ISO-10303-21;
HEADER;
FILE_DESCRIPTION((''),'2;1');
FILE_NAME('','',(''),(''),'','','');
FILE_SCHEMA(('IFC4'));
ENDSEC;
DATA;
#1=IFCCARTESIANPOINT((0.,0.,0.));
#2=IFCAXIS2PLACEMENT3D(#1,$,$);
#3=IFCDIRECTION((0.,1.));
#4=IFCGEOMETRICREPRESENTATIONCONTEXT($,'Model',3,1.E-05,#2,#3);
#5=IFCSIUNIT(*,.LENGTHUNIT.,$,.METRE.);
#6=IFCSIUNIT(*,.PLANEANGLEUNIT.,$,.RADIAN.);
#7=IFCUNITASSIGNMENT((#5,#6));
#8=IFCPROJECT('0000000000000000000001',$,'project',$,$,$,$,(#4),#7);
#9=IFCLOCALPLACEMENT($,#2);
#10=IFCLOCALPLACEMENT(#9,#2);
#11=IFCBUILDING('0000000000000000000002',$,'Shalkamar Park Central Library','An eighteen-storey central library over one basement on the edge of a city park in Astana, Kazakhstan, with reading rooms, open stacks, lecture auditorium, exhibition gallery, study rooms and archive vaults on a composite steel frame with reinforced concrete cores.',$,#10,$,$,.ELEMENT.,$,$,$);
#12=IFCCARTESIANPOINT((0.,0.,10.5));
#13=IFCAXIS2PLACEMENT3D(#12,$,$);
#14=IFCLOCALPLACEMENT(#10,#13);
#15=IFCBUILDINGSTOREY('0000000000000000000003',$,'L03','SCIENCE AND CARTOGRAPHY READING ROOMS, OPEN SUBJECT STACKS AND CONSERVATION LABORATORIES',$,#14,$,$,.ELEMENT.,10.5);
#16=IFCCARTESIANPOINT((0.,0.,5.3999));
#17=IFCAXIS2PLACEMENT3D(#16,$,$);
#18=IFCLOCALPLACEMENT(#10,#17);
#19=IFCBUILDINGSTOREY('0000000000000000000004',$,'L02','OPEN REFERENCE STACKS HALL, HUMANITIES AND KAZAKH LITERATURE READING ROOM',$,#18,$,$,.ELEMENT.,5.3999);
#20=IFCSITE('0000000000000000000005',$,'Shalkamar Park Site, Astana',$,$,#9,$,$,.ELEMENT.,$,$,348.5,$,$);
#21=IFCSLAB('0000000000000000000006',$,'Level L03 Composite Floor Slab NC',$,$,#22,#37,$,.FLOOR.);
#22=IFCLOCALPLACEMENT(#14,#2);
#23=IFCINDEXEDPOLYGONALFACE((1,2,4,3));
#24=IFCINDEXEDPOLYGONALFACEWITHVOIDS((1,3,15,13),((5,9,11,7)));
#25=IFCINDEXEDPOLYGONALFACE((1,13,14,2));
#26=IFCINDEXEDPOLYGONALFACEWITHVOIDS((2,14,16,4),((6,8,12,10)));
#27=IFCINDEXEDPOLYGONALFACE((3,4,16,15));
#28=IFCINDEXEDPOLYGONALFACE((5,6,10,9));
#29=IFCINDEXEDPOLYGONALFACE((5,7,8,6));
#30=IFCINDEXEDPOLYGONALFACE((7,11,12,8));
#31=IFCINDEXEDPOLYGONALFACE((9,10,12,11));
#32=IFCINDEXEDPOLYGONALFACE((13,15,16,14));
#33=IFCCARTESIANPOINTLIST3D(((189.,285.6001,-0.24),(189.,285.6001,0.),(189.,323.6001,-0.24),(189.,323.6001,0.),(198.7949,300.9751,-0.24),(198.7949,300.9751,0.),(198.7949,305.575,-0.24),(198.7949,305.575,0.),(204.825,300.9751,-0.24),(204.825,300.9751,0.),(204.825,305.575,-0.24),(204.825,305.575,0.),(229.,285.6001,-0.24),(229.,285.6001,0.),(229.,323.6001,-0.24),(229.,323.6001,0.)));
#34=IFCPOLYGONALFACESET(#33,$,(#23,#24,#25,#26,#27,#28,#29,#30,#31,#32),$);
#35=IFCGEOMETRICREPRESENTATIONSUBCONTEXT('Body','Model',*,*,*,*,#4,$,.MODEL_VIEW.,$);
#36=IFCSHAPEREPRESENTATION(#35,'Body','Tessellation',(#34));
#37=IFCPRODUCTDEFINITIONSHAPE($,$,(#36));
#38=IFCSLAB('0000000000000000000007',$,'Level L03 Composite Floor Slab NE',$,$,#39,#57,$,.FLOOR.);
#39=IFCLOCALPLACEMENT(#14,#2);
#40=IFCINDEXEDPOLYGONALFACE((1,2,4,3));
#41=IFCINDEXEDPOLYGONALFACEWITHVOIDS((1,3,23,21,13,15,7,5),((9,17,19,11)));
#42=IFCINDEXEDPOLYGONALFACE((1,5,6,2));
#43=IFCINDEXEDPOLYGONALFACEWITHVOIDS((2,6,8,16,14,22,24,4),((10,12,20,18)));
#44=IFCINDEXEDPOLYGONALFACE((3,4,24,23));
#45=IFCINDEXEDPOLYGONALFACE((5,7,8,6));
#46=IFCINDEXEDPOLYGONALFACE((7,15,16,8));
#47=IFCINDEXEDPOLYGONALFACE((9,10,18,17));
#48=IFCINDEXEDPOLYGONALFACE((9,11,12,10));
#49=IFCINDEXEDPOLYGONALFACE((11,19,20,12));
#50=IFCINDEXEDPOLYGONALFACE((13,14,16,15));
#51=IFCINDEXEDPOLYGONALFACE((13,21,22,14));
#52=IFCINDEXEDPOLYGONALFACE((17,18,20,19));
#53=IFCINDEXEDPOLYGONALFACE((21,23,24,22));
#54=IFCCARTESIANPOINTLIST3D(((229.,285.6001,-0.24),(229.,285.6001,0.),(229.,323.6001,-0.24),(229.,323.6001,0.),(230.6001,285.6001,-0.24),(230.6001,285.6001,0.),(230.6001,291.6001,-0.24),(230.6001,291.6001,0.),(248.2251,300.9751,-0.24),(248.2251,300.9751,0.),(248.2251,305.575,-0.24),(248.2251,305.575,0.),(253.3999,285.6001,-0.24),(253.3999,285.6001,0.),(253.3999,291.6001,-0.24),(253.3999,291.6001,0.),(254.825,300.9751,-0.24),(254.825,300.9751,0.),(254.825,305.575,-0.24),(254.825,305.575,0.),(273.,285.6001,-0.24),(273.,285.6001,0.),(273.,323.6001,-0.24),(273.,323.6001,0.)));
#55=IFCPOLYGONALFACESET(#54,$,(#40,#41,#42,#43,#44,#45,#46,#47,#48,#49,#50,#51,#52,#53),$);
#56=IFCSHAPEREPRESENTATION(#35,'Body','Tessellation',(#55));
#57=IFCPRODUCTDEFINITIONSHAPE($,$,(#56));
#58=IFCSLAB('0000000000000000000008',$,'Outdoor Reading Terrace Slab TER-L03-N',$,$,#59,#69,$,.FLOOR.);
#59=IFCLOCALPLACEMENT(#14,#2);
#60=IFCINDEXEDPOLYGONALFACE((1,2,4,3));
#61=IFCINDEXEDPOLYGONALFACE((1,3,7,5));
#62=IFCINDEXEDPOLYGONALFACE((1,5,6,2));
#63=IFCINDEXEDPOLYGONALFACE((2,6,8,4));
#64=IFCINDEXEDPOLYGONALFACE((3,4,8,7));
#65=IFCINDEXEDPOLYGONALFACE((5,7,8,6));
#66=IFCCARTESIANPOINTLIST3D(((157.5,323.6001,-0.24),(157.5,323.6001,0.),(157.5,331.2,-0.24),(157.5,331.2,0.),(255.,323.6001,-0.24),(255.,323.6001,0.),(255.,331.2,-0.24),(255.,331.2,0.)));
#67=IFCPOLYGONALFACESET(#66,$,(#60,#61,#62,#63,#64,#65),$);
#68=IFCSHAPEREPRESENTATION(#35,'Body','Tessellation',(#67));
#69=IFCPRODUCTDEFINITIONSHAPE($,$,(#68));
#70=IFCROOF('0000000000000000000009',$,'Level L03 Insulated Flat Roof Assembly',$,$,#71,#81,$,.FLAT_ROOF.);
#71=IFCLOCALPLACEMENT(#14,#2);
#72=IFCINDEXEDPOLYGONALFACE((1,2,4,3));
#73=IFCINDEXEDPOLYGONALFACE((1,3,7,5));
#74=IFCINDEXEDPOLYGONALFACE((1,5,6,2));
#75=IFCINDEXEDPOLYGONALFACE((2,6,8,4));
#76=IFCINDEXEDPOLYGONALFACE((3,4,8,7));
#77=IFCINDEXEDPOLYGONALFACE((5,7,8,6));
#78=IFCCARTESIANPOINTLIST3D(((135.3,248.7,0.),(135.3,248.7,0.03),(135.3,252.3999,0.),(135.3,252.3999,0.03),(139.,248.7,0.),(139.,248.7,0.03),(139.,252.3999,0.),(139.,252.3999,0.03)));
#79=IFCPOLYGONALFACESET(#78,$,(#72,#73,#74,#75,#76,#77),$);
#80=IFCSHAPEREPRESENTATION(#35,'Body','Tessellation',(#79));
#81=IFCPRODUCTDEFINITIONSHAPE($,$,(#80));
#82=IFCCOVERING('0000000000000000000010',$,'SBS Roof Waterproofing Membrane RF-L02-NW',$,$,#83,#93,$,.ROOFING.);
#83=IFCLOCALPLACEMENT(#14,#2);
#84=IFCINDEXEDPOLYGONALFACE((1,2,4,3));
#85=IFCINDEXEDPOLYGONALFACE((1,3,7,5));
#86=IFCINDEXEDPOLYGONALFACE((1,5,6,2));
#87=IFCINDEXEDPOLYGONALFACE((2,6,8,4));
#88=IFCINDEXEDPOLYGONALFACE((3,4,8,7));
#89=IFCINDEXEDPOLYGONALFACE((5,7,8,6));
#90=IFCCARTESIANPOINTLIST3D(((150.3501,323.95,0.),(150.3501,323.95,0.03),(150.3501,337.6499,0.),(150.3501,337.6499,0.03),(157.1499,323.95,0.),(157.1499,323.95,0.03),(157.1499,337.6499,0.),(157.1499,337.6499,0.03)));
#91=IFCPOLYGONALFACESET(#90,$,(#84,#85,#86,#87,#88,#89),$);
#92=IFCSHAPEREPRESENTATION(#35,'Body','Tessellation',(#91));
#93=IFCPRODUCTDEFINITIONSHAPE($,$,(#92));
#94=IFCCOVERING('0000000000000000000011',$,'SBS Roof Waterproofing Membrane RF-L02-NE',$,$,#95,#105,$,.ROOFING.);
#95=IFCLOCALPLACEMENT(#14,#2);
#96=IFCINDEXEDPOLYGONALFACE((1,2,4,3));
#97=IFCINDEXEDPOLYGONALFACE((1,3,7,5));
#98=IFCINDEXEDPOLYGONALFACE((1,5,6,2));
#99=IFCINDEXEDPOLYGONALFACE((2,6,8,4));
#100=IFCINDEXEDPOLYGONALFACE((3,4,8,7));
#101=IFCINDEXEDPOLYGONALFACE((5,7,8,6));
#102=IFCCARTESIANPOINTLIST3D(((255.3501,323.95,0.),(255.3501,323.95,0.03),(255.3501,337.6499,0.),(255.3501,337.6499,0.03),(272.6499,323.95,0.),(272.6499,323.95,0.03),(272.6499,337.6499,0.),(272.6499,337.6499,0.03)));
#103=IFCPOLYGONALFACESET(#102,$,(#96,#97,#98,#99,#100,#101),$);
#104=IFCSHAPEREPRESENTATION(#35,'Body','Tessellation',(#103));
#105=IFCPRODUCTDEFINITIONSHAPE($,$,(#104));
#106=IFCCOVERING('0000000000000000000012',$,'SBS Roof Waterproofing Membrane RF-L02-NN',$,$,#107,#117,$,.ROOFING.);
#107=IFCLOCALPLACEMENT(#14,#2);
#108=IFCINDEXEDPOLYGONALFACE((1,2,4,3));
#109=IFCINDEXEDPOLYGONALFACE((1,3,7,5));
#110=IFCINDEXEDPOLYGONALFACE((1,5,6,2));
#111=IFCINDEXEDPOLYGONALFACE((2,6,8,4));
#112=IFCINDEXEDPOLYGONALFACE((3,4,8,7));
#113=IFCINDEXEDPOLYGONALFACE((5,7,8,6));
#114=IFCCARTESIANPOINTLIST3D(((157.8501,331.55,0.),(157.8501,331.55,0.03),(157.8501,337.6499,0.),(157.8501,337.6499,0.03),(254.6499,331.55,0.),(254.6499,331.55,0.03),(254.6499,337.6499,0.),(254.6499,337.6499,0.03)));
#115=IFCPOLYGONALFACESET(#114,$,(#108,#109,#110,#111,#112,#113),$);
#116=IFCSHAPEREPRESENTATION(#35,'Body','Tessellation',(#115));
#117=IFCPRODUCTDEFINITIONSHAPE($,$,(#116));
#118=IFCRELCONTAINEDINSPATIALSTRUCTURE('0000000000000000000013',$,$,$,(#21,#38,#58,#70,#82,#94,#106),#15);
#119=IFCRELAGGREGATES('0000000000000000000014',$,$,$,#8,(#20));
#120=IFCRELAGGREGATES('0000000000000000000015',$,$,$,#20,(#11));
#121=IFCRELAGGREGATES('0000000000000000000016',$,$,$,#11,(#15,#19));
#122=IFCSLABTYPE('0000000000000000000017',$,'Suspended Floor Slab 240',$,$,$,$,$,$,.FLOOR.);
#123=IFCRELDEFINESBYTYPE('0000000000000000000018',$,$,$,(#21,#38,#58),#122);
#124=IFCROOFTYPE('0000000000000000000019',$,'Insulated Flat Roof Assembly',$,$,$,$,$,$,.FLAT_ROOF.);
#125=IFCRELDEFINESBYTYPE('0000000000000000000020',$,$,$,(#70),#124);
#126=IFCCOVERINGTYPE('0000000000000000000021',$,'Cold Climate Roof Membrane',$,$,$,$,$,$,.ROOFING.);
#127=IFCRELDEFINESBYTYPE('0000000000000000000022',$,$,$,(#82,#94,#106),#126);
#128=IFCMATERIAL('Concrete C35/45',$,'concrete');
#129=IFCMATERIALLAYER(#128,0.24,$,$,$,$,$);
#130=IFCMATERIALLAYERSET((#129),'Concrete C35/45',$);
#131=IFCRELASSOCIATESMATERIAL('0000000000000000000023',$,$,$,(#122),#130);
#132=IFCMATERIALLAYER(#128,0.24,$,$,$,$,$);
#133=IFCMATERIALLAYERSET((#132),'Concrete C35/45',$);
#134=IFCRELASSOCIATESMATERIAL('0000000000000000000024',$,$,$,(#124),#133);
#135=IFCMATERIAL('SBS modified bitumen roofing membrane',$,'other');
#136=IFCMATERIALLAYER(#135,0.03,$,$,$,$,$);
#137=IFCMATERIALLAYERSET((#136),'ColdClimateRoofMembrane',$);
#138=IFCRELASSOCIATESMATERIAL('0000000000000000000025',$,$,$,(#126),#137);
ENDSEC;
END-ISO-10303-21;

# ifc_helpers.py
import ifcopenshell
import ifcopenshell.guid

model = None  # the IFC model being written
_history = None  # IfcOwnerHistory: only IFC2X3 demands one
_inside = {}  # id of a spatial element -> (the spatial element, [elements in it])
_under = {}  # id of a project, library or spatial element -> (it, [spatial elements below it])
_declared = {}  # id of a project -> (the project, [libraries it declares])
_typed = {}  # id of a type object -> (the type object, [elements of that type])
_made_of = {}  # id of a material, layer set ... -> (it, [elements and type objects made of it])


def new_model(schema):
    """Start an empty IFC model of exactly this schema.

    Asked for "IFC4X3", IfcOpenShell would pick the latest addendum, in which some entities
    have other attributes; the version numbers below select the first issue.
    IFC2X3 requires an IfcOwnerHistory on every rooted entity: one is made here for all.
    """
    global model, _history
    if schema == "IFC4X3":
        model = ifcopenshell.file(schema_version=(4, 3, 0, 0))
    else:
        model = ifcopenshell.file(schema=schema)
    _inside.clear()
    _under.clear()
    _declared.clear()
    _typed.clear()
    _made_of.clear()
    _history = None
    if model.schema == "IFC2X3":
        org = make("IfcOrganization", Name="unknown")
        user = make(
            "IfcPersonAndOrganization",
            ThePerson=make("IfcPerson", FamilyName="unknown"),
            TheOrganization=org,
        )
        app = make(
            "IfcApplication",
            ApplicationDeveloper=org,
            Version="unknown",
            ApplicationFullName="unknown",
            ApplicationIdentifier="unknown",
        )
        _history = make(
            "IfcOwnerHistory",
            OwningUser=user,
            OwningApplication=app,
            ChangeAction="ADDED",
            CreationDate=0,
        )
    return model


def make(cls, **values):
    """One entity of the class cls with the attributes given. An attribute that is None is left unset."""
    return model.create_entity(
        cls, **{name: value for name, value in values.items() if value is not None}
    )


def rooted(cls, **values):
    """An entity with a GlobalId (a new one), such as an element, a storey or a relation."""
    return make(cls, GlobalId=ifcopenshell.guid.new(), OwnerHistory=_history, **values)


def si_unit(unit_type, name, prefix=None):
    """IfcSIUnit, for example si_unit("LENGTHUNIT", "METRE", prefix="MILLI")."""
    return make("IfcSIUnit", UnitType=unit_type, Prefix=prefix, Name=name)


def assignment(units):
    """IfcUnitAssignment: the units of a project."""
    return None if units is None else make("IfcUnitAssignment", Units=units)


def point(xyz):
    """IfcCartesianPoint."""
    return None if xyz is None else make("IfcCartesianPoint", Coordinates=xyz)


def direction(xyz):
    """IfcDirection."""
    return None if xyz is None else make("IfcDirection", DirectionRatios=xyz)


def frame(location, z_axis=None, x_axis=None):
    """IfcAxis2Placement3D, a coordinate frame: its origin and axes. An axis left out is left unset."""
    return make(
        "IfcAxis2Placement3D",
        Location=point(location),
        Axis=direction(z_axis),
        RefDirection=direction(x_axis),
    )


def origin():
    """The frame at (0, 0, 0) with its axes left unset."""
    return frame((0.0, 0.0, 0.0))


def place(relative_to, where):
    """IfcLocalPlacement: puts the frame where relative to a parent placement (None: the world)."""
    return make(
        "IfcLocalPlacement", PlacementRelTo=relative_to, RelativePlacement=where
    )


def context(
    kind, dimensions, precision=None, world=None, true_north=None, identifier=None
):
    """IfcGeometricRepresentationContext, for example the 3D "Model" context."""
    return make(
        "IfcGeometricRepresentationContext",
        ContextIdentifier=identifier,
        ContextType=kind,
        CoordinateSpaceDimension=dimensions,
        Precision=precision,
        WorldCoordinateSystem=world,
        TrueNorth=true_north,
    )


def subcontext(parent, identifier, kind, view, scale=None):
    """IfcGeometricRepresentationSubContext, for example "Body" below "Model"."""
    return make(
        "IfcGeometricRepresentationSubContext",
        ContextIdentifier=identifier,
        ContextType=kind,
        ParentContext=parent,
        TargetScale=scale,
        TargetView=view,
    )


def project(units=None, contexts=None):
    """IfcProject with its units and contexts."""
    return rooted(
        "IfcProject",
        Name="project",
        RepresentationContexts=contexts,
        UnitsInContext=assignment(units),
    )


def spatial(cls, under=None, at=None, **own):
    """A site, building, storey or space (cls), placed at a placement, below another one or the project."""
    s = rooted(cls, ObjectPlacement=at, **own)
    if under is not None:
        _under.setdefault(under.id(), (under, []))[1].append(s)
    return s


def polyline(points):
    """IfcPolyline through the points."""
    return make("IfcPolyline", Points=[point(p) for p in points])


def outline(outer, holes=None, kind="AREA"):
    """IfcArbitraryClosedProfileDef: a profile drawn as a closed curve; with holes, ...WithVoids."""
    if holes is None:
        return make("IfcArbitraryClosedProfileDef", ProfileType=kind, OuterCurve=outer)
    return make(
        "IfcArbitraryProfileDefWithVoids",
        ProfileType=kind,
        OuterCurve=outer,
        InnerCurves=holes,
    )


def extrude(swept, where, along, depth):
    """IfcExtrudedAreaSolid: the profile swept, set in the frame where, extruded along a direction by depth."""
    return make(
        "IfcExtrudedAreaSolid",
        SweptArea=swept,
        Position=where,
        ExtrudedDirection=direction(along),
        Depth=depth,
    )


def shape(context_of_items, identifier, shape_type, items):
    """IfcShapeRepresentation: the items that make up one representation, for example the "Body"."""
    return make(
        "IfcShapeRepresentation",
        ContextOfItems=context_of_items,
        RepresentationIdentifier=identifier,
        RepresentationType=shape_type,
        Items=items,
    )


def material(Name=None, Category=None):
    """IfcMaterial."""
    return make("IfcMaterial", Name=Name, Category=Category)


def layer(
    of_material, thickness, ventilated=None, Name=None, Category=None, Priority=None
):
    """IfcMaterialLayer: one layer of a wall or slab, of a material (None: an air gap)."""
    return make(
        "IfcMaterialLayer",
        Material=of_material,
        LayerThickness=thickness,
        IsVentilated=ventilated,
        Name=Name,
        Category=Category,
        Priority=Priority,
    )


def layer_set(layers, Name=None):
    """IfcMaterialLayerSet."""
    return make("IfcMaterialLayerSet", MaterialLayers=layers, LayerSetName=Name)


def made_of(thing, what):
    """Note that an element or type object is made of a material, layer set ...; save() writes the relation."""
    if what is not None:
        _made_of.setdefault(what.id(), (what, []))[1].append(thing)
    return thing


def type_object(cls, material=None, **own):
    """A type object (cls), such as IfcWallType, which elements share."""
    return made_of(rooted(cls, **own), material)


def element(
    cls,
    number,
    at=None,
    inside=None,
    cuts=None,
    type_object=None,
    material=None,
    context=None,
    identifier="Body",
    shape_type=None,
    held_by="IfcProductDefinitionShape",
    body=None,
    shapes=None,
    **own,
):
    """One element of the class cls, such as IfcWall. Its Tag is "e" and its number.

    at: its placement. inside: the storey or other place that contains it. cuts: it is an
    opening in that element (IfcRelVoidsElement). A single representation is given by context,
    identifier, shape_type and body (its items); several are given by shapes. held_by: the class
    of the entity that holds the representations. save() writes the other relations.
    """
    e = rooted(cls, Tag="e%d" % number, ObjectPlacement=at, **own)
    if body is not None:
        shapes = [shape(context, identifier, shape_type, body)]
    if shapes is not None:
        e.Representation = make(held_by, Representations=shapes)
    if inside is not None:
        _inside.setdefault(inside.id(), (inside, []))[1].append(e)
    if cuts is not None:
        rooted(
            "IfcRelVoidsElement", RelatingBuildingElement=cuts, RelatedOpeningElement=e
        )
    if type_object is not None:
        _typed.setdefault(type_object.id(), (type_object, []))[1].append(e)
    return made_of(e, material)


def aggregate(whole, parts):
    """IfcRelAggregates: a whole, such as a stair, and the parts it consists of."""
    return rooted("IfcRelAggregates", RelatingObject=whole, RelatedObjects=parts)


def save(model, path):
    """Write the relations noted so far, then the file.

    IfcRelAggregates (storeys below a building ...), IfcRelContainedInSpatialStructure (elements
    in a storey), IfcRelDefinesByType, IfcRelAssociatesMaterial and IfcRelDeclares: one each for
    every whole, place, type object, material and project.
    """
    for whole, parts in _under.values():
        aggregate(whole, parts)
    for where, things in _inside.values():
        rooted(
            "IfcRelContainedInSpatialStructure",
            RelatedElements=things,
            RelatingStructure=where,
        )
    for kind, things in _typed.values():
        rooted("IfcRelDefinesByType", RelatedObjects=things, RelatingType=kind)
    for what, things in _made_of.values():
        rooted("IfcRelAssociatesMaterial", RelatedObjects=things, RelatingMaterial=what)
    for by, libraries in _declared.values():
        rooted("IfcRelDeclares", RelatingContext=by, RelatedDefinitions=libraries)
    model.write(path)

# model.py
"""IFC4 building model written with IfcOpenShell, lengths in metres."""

from ifc_helpers import new_model, si_unit, direction, frame, origin, place, context, subcontext, project, spatial, polyline, outline, extrude, material, layer, layer_set, type_object, element, save


model = new_model("IFC4")

# Units and contexts
model_context = context("Model", 3, precision=1e-05, world=origin(), true_north=direction((0.0, 1.0)))
body_context = subcontext(model_context, "Body", "Model", "MODEL_VIEW")
ifc_project = project(units=[si_unit("LENGTHUNIT", "METRE"), si_unit("PLANEANGLEUNIT", "RADIAN")], contexts=[model_context])

# Site, building, storey
site_placement = place(None, origin())
site = spatial("IfcSite", under=ifc_project, at=site_placement, Name="Shalkamar Park Site, Astana", CompositionType="ELEMENT", RefElevation=348.5)
building_placement = place(site_placement, origin())
building = spatial("IfcBuilding", under=site, at=building_placement, Name="Shalkamar Park Central Library", Description="An eighteen-storey central library over one basement on the edge of a city park in Astana, Kazakhstan, with reading rooms, open stacks, lecture auditorium, exhibition gallery, study rooms and archive vaults on a composite steel frame with reinforced concrete cores.", CompositionType="ELEMENT")
storey_1_placement = place(building_placement, frame((0.0, 0.0, 10.5)))
storey_1 = spatial("IfcBuildingStorey", under=building, at=storey_1_placement, Name="L03", Description="SCIENCE AND CARTOGRAPHY READING ROOMS, OPEN SUBJECT STACKS AND CONSERVATION LABORATORIES", CompositionType="ELEMENT", Elevation=10.5)

# Shared definitions
ifc_material_1 = material(Name="Concrete C35/45", Category="concrete")

# Shared definitions
storey_2_placement = place(building_placement, frame((0.0, 0.0, 5.3999)))
storey_2 = spatial("IfcBuildingStorey", under=building, at=storey_2_placement, Name="L02", Description="OPEN REFERENCE STACKS HALL, HUMANITIES AND KAZAKH LITERATURE READING ROOM", CompositionType="ELEMENT", Elevation=5.3999)

# Slabs
ifc_layer_1 = layer(ifc_material_1, 0.24)
ifc_layer_set_1 = layer_set([ifc_layer_1], Name="Concrete C35/45")
slab_type_1 = type_object("IfcSlabType", Name="Suspended Floor Slab 240", PredefinedType="FLOOR", material=ifc_layer_set_1)
slab_1_placement = place(storey_1_placement, frame((0.0, 0.0, -0.24)))
element("IfcSlab", 1, at=slab_1_placement, inside=storey_1, type_object=slab_type_1, Name="Level L03 Composite Floor Slab NC", PredefinedType="FLOOR", context=body_context, shape_type="SweptSolid", body=[
    extrude(outline(polyline([(189.0, 285.6001), (189.0, 323.6001), (229.0, 323.6001), (229.0, 285.6001), (189.0, 285.6001)]), holes=[polyline([(204.825, 305.575), (198.7949, 305.575), (198.7949, 300.9751), (204.825, 300.9751), (204.825, 305.575)])]), origin(), (0.0, 0.0, 1.0), 0.24),
])
slab_2_placement = place(storey_1_placement, frame((0.0, 0.0, -0.24)))
element("IfcSlab", 2, at=slab_2_placement, inside=storey_1, type_object=slab_type_1, Name="Level L03 Composite Floor Slab NE", PredefinedType="FLOOR", context=body_context, shape_type="SweptSolid", body=[
    extrude(outline(polyline([(229.0, 285.6001), (229.0, 323.6001), (273.0, 323.6001), (273.0, 285.6001), (253.3999, 285.6001), (253.3999, 291.6001), (230.6001, 291.6001), (230.6001, 285.6001), (229.0, 285.6001)]), holes=[polyline([(254.825, 305.575), (248.2251, 305.575), (248.2251, 300.9751), (254.825, 300.9751), (254.825, 305.575)])]), origin(), (0.0, 0.0, 1.0), 0.24),
])
slab_3_placement = place(storey_1_placement, frame((0.0, 0.0, -0.24)))
element("IfcSlab", 3, at=slab_3_placement, inside=storey_1, type_object=slab_type_1, Name="Outdoor Reading Terrace Slab TER-L03-N", PredefinedType="FLOOR", context=body_context, shape_type="SweptSolid", body=[
    extrude(outline(polyline([(157.5, 323.6001), (255.0, 323.6001), (255.0, 331.2), (157.5, 331.2), (157.5, 323.6001)])), origin(), (0.0, 0.0, 1.0), 0.24),
])

# Roof
ifc_layer_2 = layer(ifc_material_1, 0.24)
ifc_layer_set_2 = layer_set([ifc_layer_2], Name="Concrete C35/45")
roof_type = type_object("IfcRoofType", Name="Insulated Flat Roof Assembly", PredefinedType="FLAT_ROOF", material=ifc_layer_set_2)
roof_placement = place(storey_1_placement, origin())
element("IfcRoof", 4, at=roof_placement, inside=storey_1, type_object=roof_type, Name="Level L03 Insulated Flat Roof Assembly", PredefinedType="FLAT_ROOF", context=body_context, shape_type="SweptSolid", body=[
    extrude(outline(polyline([(135.3, 248.7), (139.0, 248.7), (139.0, 252.3999), (135.3, 252.3999), (135.3, 248.7)])), origin(), (0.0, 0.0, 1.0), 0.03),
])

# Coverings
ifc_material_2 = material(Name="SBS modified bitumen roofing membrane", Category="other")
ifc_layer_3 = layer(ifc_material_2, 0.03)
ifc_layer_set_3 = layer_set([ifc_layer_3], Name="ColdClimateRoofMembrane")
covering_type = type_object("IfcCoveringType", Name="Cold Climate Roof Membrane", PredefinedType="ROOFING", material=ifc_layer_set_3)
covering_1_placement = place(storey_1_placement, origin())
element("IfcCovering", 5, at=covering_1_placement, inside=storey_1, type_object=covering_type, Name="SBS Roof Waterproofing Membrane RF-L02-NW", PredefinedType="ROOFING", context=body_context, shape_type="SweptSolid", body=[
    extrude(outline(polyline([(150.3501, 323.95), (157.1499, 323.95), (157.1499, 337.6499), (150.3501, 337.6499), (150.3501, 323.95)])), origin(), (0.0, 0.0, 1.0), 0.03),
])
covering_2_placement = place(storey_1_placement, origin())
element("IfcCovering", 6, at=covering_2_placement, inside=storey_1, type_object=covering_type, Name="SBS Roof Waterproofing Membrane RF-L02-NE", PredefinedType="ROOFING", context=body_context, shape_type="SweptSolid", body=[
    extrude(outline(polyline([(255.3501, 323.95), (272.6499, 323.95), (272.6499, 337.6499), (255.3501, 337.6499), (255.3501, 323.95)])), origin(), (0.0, 0.0, 1.0), 0.03),
])
covering_3_placement = place(storey_1_placement, origin())
element("IfcCovering", 7, at=covering_3_placement, inside=storey_1, type_object=covering_type, Name="SBS Roof Waterproofing Membrane RF-L02-NN", PredefinedType="ROOFING", context=body_context, shape_type="SweptSolid", body=[
    extrude(outline(polyline([(157.8501, 331.55), (254.6499, 331.55), (254.6499, 337.6499), (157.8501, 337.6499), (157.8501, 331.55)])), origin(), (0.0, 0.0, 1.0), 0.03),
])

save(model, "model.ifc")
